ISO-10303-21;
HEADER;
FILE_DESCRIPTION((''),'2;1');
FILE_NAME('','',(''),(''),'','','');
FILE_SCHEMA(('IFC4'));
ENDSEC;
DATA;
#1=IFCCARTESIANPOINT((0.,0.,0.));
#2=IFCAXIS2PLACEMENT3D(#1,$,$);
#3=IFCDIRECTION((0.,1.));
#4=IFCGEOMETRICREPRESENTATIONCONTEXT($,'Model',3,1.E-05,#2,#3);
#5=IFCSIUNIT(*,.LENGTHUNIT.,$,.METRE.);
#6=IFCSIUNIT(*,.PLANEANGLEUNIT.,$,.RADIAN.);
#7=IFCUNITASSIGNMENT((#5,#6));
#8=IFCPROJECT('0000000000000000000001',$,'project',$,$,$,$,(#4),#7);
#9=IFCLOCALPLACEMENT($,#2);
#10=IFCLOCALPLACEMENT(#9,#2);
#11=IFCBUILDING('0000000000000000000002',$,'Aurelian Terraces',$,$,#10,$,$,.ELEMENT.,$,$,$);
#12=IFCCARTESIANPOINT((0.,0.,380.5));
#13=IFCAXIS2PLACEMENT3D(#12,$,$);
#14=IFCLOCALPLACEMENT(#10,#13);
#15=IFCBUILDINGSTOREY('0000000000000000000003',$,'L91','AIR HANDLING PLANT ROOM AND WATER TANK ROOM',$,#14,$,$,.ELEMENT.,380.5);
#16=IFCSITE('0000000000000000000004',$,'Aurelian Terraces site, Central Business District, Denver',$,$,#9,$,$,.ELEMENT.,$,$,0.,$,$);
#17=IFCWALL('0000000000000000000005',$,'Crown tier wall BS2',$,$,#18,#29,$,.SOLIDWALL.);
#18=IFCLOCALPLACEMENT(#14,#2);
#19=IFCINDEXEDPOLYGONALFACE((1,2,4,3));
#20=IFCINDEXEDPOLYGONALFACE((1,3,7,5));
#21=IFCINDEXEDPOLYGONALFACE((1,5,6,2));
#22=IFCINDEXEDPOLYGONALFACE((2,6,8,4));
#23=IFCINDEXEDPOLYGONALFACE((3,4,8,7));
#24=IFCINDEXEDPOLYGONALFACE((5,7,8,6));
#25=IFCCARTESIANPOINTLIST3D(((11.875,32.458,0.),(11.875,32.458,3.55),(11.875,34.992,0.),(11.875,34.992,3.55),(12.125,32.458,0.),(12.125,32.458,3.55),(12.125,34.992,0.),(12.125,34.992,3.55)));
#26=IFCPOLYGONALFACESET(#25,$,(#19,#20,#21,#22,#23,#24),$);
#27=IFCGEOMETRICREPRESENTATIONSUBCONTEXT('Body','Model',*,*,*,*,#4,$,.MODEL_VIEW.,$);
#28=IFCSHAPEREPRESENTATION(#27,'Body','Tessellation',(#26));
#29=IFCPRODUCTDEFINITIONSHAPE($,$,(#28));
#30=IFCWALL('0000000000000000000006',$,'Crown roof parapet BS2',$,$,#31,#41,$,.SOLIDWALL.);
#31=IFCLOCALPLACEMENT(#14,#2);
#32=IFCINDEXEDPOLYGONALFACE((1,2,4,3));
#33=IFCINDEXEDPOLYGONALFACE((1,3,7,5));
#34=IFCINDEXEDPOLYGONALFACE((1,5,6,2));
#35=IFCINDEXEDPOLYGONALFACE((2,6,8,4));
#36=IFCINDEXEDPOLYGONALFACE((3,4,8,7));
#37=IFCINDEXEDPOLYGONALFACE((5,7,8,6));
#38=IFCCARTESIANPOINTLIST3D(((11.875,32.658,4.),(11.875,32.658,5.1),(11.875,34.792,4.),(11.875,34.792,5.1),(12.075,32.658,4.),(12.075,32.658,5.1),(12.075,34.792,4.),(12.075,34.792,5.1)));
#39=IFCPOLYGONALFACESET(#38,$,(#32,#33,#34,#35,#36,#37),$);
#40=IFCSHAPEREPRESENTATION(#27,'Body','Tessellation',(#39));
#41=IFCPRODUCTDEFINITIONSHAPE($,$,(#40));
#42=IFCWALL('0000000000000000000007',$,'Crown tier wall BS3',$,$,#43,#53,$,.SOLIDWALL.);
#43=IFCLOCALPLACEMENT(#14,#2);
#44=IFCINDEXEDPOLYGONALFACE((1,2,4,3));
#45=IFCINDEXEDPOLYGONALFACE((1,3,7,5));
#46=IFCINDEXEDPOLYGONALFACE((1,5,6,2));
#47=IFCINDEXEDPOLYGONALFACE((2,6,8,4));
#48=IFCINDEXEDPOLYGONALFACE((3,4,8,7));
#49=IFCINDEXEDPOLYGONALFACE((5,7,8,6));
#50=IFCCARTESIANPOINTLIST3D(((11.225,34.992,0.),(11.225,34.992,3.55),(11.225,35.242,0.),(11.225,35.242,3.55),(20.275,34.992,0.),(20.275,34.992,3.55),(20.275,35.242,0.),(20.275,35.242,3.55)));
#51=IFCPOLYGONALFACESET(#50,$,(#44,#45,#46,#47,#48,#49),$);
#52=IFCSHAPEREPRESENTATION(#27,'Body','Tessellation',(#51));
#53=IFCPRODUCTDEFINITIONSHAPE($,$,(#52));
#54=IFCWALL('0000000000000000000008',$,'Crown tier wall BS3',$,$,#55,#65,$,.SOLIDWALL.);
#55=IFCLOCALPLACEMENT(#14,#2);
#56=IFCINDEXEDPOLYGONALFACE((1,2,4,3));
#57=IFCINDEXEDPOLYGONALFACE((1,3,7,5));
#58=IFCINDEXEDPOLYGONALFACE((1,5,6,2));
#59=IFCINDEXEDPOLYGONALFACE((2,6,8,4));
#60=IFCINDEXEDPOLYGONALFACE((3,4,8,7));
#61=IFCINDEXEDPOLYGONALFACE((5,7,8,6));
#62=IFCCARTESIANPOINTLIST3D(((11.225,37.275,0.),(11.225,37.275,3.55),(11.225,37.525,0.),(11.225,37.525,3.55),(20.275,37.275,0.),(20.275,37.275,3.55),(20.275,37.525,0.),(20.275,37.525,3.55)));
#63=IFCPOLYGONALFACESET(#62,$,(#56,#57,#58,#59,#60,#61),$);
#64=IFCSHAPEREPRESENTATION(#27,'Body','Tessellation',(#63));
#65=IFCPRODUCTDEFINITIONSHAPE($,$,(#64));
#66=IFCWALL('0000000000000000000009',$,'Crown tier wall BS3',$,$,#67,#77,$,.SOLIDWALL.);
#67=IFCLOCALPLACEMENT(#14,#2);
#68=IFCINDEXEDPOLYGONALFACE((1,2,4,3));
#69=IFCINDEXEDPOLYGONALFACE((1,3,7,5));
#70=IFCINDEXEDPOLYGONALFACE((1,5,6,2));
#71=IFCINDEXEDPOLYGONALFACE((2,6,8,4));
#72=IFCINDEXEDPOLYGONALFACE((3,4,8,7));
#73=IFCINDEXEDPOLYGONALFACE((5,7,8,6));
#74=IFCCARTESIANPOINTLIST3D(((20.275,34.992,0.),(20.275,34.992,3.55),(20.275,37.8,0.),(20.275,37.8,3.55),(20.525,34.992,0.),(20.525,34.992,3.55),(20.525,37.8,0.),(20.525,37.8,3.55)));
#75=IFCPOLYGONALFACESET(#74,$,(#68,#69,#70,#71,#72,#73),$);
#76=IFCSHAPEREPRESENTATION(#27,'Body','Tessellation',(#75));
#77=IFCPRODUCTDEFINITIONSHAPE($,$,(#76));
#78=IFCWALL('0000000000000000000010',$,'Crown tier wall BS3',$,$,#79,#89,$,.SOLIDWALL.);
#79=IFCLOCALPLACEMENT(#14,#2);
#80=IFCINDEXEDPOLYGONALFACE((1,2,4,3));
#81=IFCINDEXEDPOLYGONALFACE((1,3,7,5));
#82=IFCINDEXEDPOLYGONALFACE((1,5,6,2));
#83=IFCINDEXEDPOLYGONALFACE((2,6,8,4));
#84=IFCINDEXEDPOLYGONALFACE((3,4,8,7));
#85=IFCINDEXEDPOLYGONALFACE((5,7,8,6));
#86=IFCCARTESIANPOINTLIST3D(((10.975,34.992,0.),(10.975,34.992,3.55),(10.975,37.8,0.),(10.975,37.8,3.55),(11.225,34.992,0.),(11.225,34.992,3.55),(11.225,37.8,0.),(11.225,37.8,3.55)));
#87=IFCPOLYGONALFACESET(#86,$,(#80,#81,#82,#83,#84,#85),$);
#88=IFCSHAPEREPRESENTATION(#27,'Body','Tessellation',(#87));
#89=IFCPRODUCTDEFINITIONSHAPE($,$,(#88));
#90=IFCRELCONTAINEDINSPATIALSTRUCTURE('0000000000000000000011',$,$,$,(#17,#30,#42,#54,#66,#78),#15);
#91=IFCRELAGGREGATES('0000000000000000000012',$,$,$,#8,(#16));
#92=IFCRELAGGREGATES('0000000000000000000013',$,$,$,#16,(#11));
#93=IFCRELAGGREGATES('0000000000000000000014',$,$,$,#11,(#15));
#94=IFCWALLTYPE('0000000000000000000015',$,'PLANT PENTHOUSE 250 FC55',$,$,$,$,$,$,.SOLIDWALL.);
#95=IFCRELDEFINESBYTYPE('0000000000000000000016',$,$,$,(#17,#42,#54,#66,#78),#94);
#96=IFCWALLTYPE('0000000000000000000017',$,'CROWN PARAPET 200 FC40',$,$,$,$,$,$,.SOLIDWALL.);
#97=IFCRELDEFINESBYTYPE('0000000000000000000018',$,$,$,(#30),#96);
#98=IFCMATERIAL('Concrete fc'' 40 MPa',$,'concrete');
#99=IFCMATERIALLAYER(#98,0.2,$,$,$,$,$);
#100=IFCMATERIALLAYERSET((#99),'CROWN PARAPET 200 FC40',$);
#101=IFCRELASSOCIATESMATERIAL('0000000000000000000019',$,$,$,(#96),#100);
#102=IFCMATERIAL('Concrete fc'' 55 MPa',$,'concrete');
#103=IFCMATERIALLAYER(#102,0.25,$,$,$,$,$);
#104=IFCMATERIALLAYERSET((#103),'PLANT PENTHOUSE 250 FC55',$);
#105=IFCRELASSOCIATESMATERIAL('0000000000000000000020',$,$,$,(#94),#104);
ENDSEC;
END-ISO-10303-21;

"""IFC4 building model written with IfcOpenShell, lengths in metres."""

from ifc_helpers import new_model, si_unit, direction, frame, frame_2d, origin, place, context, subcontext, project, spatial, rectangle, extrude, source, transform, mapped, material, layer, layer_set, type_object, element, save


model = new_model("IFC4")

# Units and contexts
model_context = context("Model", 3, precision=1e-05, world=origin(), true_north=direction((0.0, 1.0)))
body_context = subcontext(model_context, "Body", "Model", "MODEL_VIEW")
ifc_project = project(units=[si_unit("LENGTHUNIT", "METRE"), si_unit("PLANEANGLEUNIT", "RADIAN")], contexts=[model_context])

# Site, building, storey
site_placement = place(None, origin())
site = spatial("IfcSite", under=ifc_project, at=site_placement, Name="Aurelian Terraces site, Central Business District, Denver", CompositionType="ELEMENT", RefElevation=0.0)
building_placement = place(site_placement, origin())
building = spatial("IfcBuilding", under=site, at=building_placement, Name="Aurelian Terraces", CompositionType="ELEMENT")
storey_placement = place(building_placement, frame((0.0, 0.0, 380.5)))
storey = spatial("IfcBuildingStorey", under=building, at=storey_placement, Name="L91", Description="AIR HANDLING PLANT ROOM AND WATER TANK ROOM", CompositionType="ELEMENT", Elevation=380.5)

# Shared definitions
ifc_material_1 = material(Name="Concrete fc' 40 MPa", Category="concrete")

# Walls
ifc_layer_1 = layer(ifc_material_1, 0.2)
ifc_layer_set_1 = layer_set([ifc_layer_1], Name="CROWN PARAPET 200 FC40")
wall_type_1 = type_object("IfcWallType", Name="CROWN PARAPET 200 FC40", PredefinedType="SOLIDWALL", material=ifc_layer_set_1)
ifc_material_2 = material(Name="Concrete fc' 55 MPa", Category="concrete")
ifc_layer_2 = layer(ifc_material_2, 0.25)
ifc_layer_set_2 = layer_set([ifc_layer_2], Name="PLANT PENTHOUSE 250 FC55")
wall_type_2 = type_object("IfcWallType", Name="PLANT PENTHOUSE 250 FC55", PredefinedType="SOLIDWALL", material=ifc_layer_set_2)
shared_shape_1 = source(origin(), body_context, "Body", "SweptSolid", [
    extrude(rectangle(XDim=2.534, YDim=0.25, at=frame_2d((1.267, 0.0))), origin(), (0.0, 0.0, 1.0), 3.55),
])
for number, where, z_axis, x_axis, name in (
    (1, (12.0, 34.992, 0.0), (0.0, 0.0, 1.0), (0.0, -1.0, 0.0), "Crown tier wall BS2"),
):
    element("IfcWall", number, at=place(storey_placement, frame(where, z_axis=z_axis, x_axis=x_axis)), inside=storey, type_object=wall_type_2, Name=name, PredefinedType="SOLIDWALL", context=body_context, shape_type="MappedRepresentation", body=[
        mapped(shared_shape_1, transform((0.0, 0.0, 0.0), scale=1.0)),
    ])
shared_shape_2 = source(origin(), body_context, "Body", "SweptSolid", [
    extrude(rectangle(XDim=2.134, YDim=0.2, at=frame_2d((1.067, 0.0))), origin(), (0.0, 0.0, 1.0), 1.1),
])
wall_1_placement = place(storey_placement, frame((11.975, 32.658, 4.0), z_axis=(0.0, 0.0, 1.0), x_axis=(0.0, 1.0, 0.0)))
element("IfcWall", 2, at=wall_1_placement, inside=storey, type_object=wall_type_1, Name="Crown roof parapet BS2", PredefinedType="SOLIDWALL", context=body_context, shape_type="MappedRepresentation", body=[
    mapped(shared_shape_2, transform((0.0, 0.0, 0.0), scale=1.0)),
])
shared_shape_3 = source(origin(), body_context, "Body", "SweptSolid", [
    extrude(rectangle(XDim=9.05, YDim=0.25, at=frame_2d((4.525, 0.0))), origin(), (0.0, 0.0, 1.0), 3.55),
])
for number, where, z_axis, x_axis, name in (
    (3, (11.225, 35.117, 0.0), (0.0, 0.0, 1.0), (1.0, 0.0, 0.0), "Crown tier wall BS3"),
    (4, (20.275, 37.4, 0.0), (0.0, 0.0, 1.0), (-1.0, 0.0, 0.0), "Crown tier wall BS3"),
):
    element("IfcWall", number, at=place(storey_placement, frame(where, z_axis=z_axis, x_axis=x_axis)), inside=storey, type_object=wall_type_2, Name=name, PredefinedType="SOLIDWALL", context=body_context, shape_type="MappedRepresentation", body=[
        mapped(shared_shape_3, transform((0.0, 0.0, 0.0), scale=1.0)),
    ])
shared_shape_4 = source(origin(), body_context, "Body", "SweptSolid", [
    extrude(rectangle(XDim=2.808, YDim=0.25, at=frame_2d((1.404, 0.0))), origin(), (0.0, 0.0, 1.0), 3.55),
])
for number, where, z_axis, x_axis, name in (
    (5, (20.4, 34.992, 0.0), (0.0, 0.0, 1.0), (0.0, 1.0, 0.0), "Crown tier wall BS3"),
    (6, (11.1, 37.8, 0.0), (0.0, 0.0, 1.0), (0.0, -1.0, 0.0), "Crown tier wall BS3"),
):
    element("IfcWall", number, at=place(storey_placement, frame(where, z_axis=z_axis, x_axis=x_axis)), inside=storey, type_object=wall_type_2, Name=name, PredefinedType="SOLIDWALL", context=body_context, shape_type="MappedRepresentation", body=[
        mapped(shared_shape_4, transform((0.0, 0.0, 0.0), scale=1.0)),
    ])

save(model, "model.ifc")
